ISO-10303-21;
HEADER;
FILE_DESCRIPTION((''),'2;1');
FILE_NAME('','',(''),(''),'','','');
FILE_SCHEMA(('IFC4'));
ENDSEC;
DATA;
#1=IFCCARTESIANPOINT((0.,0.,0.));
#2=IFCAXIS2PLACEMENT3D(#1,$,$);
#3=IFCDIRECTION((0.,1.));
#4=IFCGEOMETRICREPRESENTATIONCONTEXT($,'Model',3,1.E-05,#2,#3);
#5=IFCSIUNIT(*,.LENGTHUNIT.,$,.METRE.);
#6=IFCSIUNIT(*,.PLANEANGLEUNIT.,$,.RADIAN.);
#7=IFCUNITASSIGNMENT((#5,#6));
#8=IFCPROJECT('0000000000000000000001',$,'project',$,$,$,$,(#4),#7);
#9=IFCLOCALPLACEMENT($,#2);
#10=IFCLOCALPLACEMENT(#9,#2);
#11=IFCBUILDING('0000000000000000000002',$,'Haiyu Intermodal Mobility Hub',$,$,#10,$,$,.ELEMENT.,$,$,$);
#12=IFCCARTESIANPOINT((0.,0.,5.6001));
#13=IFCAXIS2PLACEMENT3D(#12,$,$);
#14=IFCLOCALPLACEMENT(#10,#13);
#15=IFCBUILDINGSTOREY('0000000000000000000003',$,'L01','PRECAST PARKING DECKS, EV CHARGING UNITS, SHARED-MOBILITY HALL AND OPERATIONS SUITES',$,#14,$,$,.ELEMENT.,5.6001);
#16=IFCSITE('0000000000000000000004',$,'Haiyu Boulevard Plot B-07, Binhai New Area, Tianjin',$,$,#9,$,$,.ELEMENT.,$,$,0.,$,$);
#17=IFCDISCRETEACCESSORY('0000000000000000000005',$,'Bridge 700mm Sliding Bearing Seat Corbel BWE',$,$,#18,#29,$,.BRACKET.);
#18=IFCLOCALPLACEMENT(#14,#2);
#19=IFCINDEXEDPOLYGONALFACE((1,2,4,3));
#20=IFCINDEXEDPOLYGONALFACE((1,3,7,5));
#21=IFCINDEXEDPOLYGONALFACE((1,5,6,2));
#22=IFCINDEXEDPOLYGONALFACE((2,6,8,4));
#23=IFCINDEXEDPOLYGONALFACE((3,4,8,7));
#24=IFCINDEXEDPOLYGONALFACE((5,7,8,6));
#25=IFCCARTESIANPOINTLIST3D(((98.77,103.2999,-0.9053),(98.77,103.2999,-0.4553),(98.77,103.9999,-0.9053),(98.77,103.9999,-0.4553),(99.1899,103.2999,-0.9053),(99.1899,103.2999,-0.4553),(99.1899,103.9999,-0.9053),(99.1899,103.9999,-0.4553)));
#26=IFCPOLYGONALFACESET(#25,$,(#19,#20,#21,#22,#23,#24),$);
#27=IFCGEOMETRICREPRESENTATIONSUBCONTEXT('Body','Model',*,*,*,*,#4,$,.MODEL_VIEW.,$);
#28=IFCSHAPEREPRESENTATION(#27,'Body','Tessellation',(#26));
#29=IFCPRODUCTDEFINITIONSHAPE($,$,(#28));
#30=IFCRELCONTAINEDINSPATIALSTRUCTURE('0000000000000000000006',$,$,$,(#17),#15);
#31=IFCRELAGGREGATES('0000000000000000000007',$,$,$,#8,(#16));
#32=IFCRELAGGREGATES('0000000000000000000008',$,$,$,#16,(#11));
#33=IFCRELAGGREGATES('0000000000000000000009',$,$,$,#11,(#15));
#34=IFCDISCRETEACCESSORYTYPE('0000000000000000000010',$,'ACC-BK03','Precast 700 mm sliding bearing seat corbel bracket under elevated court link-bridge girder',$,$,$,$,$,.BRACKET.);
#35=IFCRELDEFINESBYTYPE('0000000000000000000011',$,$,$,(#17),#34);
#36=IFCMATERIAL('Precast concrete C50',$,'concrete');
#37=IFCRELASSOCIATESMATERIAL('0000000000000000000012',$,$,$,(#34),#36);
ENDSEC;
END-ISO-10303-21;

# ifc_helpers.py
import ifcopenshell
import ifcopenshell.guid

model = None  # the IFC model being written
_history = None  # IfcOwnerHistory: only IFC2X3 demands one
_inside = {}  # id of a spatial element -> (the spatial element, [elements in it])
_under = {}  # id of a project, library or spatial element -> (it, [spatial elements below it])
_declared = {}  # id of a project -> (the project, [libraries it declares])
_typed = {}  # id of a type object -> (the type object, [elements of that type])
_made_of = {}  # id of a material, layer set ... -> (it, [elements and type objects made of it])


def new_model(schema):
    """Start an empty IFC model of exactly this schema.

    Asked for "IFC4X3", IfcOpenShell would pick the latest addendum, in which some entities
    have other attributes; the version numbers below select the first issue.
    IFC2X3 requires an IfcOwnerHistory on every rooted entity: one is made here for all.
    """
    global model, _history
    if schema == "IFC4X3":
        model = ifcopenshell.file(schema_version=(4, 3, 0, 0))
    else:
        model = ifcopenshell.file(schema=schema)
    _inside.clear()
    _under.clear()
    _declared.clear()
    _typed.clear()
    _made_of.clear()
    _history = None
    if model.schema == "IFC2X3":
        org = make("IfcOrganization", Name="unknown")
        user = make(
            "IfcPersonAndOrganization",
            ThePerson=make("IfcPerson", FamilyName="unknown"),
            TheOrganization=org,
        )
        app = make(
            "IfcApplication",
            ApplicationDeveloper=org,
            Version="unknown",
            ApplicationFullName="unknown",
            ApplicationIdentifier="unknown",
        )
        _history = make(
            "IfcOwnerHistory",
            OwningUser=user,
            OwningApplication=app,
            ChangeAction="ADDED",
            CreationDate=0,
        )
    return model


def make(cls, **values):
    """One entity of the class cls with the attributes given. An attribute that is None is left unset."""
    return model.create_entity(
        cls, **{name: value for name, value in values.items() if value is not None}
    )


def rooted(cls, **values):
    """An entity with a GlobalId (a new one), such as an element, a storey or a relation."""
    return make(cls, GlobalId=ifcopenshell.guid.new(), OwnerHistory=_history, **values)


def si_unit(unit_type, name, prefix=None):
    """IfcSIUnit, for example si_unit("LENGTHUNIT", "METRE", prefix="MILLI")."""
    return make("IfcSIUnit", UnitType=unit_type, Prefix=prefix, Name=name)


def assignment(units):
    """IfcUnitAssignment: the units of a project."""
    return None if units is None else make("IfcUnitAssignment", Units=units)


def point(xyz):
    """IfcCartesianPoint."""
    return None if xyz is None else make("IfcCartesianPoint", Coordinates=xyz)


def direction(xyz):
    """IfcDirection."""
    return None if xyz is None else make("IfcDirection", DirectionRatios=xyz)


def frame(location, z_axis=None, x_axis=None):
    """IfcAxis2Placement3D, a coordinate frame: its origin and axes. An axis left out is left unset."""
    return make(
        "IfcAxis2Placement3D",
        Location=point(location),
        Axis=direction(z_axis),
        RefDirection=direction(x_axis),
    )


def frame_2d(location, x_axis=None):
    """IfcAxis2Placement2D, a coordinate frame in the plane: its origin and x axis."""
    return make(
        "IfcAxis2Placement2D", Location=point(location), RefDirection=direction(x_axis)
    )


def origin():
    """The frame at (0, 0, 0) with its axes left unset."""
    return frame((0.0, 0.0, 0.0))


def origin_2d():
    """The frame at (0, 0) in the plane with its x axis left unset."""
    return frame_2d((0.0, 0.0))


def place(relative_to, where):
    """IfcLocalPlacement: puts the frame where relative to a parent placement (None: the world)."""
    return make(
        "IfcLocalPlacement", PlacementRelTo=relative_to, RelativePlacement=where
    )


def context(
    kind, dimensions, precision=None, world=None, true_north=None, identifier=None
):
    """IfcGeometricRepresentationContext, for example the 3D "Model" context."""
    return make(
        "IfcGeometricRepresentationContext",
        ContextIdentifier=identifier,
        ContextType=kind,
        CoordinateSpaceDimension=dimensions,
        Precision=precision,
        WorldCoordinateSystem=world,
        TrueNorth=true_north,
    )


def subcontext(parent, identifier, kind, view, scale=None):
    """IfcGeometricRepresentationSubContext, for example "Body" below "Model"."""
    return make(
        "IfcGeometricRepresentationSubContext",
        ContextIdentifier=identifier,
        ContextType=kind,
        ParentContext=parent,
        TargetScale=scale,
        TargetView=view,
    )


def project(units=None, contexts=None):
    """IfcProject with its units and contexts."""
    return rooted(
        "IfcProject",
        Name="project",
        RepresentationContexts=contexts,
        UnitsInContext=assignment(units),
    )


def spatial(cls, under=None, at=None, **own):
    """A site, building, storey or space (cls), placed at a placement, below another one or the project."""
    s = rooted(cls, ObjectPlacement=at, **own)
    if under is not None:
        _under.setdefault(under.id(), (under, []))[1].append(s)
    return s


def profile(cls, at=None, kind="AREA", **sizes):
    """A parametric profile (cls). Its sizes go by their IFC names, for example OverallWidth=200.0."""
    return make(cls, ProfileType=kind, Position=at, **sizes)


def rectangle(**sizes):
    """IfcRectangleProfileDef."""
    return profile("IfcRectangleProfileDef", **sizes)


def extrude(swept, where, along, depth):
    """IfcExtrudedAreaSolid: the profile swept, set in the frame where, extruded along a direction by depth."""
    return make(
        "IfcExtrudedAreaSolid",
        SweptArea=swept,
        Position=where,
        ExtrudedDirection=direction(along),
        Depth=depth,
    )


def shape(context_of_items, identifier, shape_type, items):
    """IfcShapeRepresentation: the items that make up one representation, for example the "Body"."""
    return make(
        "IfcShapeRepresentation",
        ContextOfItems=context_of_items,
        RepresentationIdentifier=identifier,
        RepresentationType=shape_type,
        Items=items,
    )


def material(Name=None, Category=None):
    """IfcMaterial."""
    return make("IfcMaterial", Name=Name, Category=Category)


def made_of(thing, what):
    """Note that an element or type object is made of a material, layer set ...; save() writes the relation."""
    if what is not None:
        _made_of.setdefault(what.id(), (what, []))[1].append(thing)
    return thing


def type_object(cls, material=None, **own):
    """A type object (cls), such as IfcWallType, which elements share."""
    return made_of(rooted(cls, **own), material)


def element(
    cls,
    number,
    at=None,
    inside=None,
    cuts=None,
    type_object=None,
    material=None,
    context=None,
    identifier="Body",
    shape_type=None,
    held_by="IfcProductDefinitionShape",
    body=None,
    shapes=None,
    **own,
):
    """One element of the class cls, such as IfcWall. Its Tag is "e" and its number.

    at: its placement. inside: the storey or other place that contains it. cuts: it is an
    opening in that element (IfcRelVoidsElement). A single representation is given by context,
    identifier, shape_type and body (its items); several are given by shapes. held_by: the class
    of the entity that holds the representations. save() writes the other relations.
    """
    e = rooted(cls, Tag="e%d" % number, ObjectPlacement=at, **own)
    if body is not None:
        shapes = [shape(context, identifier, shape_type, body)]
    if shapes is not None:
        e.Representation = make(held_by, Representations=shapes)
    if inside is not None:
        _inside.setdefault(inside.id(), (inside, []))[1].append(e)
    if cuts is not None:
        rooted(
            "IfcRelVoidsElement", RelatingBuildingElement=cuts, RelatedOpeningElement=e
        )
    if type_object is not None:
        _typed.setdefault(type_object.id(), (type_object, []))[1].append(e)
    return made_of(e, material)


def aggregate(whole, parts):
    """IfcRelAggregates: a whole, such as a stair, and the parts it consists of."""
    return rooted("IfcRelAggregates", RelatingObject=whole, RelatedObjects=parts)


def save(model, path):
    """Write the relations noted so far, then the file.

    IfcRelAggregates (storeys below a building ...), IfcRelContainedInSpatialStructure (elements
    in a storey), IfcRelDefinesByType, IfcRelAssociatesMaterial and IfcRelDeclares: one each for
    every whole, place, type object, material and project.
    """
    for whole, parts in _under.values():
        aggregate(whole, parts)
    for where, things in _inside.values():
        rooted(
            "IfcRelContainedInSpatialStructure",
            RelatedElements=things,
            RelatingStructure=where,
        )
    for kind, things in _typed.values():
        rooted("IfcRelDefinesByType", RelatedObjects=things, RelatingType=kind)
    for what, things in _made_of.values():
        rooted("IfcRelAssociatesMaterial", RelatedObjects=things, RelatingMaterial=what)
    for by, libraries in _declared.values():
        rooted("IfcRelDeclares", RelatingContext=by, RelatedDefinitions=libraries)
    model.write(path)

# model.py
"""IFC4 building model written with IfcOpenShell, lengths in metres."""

from ifc_helpers import new_model, si_unit, direction, frame, origin, origin_2d, place, context, subcontext, project, spatial, rectangle, extrude, material, type_object, element, save


model = new_model("IFC4")

# Units and contexts
model_context = context("Model", 3, precision=1e-05, world=origin(), true_north=direction((0.0, 1.0)))
body_context = subcontext(model_context, "Body", "Model", "MODEL_VIEW")
ifc_project = project(units=[si_unit("LENGTHUNIT", "METRE"), si_unit("PLANEANGLEUNIT", "RADIAN")], contexts=[model_context])

# Site, building, storey
site_placement = place(None, origin())
site = spatial("IfcSite", under=ifc_project, at=site_placement, Name="Haiyu Boulevard Plot B-07, Binhai New Area, Tianjin", CompositionType="ELEMENT", RefElevation=0.0)
building_placement = place(site_placement, origin())
building = spatial("IfcBuilding", under=site, at=building_placement, Name="Haiyu Intermodal Mobility Hub", CompositionType="ELEMENT")
storey_placement = place(building_placement, frame((0.0, 0.0, 5.6001)))
storey = spatial("IfcBuildingStorey", under=building, at=storey_placement, Name="L01", Description="PRECAST PARKING DECKS, EV CHARGING UNITS, SHARED-MOBILITY HALL AND OPERATIONS SUITES", CompositionType="ELEMENT", Elevation=5.6001)

# Discrete accessory
ifc_material_1 = material(Name="Precast concrete C50", Category="concrete")
discrete_accessory_type_1 = type_object("IfcDiscreteAccessoryType", Name="ACC-BK03", Description="Precast 700 mm sliding bearing seat corbel bracket under elevated court link-bridge girder", PredefinedType="BRACKET", material=ifc_material_1)
discrete_accessory_placement = place(storey_placement, frame((98.98, 103.6499, -0.9053), z_axis=(0.0, 0.0, 1.0), x_axis=(0.0, 1.0, 0.0)))
element("IfcDiscreteAccessory", 1, at=discrete_accessory_placement, inside=storey, type_object=discrete_accessory_type_1, Name="Bridge 700mm Sliding Bearing Seat Corbel BWE", PredefinedType="BRACKET", context=body_context, shape_type="SweptSolid", body=[
    extrude(rectangle(XDim=0.7, YDim=0.4199, at=origin_2d()), origin(), (0.0, 0.0, 1.0), 0.45),
])

save(model, "model.ifc")
